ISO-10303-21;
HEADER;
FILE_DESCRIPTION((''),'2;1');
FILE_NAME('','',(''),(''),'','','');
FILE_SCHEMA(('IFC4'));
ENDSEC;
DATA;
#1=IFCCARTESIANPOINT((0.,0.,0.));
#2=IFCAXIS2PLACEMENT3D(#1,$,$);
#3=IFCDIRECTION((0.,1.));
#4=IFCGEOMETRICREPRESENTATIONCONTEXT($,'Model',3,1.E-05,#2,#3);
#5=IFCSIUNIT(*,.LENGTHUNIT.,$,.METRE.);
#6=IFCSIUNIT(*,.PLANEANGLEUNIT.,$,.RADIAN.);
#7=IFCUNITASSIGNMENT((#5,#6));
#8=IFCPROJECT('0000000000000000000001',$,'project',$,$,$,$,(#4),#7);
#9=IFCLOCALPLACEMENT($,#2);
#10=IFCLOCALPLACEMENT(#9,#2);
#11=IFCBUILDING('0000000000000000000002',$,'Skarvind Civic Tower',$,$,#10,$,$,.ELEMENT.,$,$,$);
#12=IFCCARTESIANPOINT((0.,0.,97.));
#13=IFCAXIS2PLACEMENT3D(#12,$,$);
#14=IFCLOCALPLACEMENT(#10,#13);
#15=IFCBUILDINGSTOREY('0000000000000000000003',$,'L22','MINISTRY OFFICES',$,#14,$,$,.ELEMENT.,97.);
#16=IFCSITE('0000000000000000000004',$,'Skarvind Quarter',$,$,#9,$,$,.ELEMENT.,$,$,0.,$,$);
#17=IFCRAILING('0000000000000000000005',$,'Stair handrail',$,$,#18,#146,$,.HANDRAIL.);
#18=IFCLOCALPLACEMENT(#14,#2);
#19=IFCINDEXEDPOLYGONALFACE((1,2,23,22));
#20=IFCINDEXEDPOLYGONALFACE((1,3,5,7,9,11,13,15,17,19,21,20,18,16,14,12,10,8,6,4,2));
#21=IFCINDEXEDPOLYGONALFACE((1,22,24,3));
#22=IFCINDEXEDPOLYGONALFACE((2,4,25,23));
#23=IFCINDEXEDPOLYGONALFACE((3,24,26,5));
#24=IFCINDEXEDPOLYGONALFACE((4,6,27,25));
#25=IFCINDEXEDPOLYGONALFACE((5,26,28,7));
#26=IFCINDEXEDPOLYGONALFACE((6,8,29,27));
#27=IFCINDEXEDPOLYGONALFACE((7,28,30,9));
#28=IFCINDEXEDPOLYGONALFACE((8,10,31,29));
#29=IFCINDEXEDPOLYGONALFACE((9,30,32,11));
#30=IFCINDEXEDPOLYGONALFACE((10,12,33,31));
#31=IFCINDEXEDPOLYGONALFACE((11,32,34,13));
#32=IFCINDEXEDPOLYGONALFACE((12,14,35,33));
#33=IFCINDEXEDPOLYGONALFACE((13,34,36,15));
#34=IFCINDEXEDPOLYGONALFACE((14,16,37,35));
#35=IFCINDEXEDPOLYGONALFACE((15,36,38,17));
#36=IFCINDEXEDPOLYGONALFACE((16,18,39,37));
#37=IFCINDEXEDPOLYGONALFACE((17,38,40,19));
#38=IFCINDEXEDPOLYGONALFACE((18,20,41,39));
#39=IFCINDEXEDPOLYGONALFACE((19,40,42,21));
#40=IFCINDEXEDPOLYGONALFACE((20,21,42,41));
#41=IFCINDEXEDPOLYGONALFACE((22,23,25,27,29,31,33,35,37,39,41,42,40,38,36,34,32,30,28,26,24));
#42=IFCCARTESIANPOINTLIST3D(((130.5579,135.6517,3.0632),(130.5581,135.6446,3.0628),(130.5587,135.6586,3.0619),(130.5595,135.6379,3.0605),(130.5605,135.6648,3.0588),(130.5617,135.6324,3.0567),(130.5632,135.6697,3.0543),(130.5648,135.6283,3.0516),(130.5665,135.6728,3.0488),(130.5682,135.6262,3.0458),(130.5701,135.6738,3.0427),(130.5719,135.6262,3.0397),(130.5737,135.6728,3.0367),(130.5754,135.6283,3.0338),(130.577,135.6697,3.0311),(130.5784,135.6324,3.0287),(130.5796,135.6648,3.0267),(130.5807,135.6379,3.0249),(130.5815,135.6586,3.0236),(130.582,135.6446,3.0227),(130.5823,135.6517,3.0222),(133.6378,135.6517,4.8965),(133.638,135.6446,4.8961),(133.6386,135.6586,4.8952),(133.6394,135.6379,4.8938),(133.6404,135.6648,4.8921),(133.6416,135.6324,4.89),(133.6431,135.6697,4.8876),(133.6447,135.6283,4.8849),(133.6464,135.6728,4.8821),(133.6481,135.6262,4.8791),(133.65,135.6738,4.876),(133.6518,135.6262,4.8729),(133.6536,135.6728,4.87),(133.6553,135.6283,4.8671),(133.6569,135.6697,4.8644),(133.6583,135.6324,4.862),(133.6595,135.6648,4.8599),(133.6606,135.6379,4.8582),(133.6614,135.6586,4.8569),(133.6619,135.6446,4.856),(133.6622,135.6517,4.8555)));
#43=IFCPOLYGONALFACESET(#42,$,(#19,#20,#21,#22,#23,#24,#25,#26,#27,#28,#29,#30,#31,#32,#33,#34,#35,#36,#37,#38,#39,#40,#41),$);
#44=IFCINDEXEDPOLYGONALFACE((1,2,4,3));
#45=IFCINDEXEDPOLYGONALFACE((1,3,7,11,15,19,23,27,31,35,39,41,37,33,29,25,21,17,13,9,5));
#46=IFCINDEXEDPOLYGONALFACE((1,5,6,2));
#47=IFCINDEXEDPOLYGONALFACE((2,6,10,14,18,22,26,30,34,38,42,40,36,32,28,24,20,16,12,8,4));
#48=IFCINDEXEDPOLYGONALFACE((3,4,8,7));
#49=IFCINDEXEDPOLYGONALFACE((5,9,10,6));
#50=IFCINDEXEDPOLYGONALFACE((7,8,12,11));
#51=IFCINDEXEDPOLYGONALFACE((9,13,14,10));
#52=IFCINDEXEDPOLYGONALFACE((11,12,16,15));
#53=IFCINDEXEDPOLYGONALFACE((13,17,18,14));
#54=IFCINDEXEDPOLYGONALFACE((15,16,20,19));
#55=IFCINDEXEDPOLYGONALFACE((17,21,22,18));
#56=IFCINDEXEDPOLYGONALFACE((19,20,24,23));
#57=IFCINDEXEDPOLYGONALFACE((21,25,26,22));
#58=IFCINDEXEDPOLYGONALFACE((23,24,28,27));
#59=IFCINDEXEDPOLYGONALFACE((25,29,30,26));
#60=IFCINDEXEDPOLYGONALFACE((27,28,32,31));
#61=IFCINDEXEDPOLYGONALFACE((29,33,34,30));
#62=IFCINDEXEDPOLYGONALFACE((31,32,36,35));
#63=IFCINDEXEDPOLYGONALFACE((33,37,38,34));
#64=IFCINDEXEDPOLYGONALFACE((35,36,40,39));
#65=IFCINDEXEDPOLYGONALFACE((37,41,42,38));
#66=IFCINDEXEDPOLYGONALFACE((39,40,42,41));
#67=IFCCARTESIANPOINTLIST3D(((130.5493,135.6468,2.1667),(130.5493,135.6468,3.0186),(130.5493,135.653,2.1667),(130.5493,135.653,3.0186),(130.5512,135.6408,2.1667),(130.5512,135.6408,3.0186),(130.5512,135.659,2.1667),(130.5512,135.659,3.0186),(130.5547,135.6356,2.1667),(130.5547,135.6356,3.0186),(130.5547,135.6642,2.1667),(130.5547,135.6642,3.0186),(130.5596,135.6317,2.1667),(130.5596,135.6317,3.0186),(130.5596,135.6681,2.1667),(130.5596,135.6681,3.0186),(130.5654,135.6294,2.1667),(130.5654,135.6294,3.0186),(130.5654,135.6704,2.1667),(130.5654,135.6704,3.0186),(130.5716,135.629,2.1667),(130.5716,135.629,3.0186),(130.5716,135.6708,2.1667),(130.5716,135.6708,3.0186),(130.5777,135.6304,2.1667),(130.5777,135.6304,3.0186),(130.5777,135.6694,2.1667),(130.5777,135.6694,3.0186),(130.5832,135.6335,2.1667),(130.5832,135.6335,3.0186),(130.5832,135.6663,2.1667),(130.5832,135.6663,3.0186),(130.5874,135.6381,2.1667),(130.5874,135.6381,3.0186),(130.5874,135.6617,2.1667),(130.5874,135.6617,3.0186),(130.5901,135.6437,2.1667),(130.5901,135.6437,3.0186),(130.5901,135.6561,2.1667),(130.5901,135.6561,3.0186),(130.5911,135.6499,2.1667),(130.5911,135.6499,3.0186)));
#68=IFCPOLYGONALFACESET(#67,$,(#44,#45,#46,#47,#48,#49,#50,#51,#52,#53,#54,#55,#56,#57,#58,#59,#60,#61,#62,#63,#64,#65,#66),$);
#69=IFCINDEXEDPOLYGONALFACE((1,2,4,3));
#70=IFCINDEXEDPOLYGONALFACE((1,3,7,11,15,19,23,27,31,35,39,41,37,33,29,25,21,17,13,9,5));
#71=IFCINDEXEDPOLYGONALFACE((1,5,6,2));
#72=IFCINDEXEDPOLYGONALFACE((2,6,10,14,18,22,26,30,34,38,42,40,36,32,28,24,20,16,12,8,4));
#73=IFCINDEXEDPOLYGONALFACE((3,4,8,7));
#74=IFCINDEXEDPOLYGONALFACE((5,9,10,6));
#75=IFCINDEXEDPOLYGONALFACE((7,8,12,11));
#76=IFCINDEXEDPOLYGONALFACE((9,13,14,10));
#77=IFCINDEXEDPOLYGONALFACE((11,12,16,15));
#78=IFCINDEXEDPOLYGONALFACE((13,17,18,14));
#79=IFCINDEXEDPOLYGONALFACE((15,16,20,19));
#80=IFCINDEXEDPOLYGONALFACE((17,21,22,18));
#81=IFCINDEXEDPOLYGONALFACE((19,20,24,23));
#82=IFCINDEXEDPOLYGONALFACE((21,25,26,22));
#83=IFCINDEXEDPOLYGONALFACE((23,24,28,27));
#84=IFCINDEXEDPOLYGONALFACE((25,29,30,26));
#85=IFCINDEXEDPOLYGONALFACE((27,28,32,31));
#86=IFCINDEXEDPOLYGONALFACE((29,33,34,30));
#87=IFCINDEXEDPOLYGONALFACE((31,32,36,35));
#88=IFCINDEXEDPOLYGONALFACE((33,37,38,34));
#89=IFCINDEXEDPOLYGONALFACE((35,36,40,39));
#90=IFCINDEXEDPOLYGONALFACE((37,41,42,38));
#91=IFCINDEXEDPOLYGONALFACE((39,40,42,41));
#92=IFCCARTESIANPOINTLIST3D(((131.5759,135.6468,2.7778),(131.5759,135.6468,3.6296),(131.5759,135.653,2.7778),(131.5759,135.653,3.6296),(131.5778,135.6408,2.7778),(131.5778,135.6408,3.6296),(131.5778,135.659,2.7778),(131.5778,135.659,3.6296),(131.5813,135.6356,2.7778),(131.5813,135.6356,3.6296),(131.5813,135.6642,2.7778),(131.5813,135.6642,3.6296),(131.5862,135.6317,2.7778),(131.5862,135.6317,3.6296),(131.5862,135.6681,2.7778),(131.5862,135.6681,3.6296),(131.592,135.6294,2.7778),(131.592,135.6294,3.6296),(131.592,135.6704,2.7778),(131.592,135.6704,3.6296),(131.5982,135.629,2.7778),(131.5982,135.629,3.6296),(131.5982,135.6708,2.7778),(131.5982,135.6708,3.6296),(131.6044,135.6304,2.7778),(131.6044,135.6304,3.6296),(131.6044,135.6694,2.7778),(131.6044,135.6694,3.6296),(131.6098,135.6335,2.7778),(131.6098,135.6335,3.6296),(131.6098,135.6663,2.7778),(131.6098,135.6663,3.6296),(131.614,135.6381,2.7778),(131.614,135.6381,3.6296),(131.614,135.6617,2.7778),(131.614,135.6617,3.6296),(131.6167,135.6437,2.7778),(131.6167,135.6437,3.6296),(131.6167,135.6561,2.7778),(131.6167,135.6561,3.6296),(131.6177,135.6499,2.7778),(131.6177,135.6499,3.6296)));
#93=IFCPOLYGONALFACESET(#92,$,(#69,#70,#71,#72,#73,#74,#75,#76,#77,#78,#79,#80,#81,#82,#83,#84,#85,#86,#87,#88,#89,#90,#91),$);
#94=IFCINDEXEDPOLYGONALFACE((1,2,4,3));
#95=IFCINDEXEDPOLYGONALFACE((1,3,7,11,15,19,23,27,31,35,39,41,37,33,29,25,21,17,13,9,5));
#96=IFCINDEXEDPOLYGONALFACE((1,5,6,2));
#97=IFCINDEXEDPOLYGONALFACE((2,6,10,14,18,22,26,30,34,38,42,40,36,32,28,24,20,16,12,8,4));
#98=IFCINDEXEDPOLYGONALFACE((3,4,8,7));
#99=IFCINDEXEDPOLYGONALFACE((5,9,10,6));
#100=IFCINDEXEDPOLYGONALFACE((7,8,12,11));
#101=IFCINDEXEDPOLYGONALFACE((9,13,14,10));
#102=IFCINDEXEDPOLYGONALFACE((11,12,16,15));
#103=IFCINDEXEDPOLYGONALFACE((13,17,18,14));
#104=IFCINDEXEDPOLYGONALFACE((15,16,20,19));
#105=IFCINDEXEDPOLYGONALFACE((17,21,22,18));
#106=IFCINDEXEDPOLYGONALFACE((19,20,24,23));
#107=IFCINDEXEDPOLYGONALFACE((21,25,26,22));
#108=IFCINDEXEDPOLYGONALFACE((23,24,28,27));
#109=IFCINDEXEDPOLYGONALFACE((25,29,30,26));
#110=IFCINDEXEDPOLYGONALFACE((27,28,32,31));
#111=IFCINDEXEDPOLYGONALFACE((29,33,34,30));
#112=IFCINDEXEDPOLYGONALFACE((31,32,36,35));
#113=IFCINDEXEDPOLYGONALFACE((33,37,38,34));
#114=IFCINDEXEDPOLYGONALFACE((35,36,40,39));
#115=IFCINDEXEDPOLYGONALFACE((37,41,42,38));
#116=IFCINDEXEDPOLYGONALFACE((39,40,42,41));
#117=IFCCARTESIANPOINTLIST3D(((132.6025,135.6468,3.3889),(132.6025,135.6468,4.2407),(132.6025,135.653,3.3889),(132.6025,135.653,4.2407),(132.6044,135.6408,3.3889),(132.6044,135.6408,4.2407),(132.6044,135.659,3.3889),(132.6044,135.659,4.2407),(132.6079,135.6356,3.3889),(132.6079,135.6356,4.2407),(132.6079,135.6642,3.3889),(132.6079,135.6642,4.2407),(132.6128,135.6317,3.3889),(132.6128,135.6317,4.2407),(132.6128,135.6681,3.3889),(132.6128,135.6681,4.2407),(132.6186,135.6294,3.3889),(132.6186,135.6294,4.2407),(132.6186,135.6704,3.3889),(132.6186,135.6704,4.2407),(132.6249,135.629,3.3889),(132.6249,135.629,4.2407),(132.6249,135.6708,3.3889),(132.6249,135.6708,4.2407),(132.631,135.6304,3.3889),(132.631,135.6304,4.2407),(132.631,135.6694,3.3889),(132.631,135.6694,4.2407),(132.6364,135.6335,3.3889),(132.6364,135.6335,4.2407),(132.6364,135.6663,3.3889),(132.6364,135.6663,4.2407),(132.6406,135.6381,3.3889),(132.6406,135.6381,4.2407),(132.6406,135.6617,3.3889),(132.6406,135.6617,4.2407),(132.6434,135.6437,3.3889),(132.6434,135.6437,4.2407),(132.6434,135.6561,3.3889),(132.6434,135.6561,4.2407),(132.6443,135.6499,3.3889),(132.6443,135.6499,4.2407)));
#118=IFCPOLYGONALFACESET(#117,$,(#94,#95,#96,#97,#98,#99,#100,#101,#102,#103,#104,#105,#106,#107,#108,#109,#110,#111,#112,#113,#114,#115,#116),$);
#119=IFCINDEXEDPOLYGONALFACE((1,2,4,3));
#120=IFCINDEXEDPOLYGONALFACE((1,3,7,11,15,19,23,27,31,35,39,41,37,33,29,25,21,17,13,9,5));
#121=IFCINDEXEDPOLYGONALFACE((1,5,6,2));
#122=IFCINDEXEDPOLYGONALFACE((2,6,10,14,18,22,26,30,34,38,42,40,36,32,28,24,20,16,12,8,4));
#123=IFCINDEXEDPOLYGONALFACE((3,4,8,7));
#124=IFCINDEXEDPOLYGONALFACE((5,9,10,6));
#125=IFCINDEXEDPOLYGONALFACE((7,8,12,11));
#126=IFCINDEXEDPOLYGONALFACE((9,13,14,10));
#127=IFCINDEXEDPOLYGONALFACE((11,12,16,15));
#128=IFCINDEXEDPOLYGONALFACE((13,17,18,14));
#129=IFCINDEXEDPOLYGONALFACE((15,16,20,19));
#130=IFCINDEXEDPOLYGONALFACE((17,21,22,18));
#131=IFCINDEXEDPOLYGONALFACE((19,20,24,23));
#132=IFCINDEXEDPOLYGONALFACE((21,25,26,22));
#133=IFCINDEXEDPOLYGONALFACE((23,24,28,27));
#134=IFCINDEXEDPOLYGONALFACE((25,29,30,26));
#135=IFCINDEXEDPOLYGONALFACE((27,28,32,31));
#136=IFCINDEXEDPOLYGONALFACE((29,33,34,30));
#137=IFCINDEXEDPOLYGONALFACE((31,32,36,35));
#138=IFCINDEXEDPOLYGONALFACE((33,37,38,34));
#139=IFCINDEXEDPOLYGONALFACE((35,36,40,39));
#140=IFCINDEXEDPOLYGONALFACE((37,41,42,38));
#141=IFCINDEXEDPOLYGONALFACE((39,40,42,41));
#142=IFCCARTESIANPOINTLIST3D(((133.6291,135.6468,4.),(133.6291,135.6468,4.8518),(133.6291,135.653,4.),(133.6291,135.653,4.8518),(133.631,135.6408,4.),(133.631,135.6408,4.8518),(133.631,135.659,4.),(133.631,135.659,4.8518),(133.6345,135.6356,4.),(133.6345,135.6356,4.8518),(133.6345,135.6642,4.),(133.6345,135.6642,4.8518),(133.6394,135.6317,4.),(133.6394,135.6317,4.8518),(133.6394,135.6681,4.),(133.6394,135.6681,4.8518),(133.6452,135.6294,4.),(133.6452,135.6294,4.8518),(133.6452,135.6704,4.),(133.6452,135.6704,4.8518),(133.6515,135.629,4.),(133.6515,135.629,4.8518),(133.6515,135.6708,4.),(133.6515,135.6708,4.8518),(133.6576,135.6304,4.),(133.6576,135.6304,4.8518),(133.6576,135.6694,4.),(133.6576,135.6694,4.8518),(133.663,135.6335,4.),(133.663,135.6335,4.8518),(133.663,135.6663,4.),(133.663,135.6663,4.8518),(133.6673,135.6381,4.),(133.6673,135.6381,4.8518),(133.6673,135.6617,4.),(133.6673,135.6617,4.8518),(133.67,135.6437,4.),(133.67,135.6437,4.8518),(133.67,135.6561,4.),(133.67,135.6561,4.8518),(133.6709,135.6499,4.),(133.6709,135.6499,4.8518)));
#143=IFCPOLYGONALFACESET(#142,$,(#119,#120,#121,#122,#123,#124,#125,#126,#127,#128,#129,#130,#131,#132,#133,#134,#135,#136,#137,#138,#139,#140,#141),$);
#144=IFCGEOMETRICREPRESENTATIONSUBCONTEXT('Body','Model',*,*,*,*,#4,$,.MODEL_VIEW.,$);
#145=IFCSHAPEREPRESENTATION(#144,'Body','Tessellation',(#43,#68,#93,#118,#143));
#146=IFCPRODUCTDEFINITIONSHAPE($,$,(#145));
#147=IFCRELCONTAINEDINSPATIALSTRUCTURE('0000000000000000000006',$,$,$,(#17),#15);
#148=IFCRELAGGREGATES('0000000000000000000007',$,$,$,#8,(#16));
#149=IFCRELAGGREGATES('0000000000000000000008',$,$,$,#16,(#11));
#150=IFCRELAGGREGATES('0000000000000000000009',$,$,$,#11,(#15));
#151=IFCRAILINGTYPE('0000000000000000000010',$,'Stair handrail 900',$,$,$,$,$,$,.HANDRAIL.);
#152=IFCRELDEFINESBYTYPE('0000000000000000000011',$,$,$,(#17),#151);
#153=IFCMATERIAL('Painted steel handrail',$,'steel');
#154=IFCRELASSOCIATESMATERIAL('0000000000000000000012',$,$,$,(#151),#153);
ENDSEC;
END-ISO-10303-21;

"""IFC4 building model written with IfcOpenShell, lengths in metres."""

from ifc_helpers import new_model, si_unit, direction, frame, origin, origin_2d, place, context, subcontext, project, spatial, circle, extrude, material, type_object, element, save


model = new_model("IFC4")

# Units and contexts
model_context = context("Model", 3, precision=1e-05, world=origin(), true_north=direction((0.0, 1.0)))
body_context = subcontext(model_context, "Body", "Model", "MODEL_VIEW")
ifc_project = project(units=[si_unit("LENGTHUNIT", "METRE"), si_unit("PLANEANGLEUNIT", "RADIAN")], contexts=[model_context])

# Site, building, storey
site_placement = place(None, origin())
site = spatial("IfcSite", under=ifc_project, at=site_placement, Name="Skarvind Quarter", CompositionType="ELEMENT", RefElevation=0.0)
building_placement = place(site_placement, origin())
building = spatial("IfcBuilding", under=site, at=building_placement, Name="Skarvind Civic Tower", CompositionType="ELEMENT")
storey_placement = place(building_placement, frame((0.0, 0.0, 97.0)))
storey = spatial("IfcBuildingStorey", under=building, at=storey_placement, Name="L22", Description="MINISTRY OFFICES", CompositionType="ELEMENT", Elevation=97.0)

# Railing
ifc_material_1 = material(Name="Painted steel handrail", Category="steel")
railing_type = type_object("IfcRailingType", Name="Stair handrail 900", PredefinedType="HANDRAIL", material=ifc_material_1)
railing_1_placement = place(storey_placement, frame((130.5701, 135.6499, 2.1667)))
element("IfcRailing", 1, at=railing_1_placement, inside=storey, type_object=railing_type, Name="Stair handrail", PredefinedType="HANDRAIL", context=body_context, shape_type="SweptSolid", body=[
    extrude(circle(Radius=0.0239, at=origin_2d()), frame((0.0, 0.0, 0.876), z_axis=(0.859291, 0.0, 0.511487), x_axis=(0.0, 1.0, 0.0)), (0.0, 0.0, 1.0), 3.5842),
    extrude(circle(Radius=0.021, at=origin_2d()), origin(), (0.0, 0.0, 1.0), 0.8518),
    extrude(circle(Radius=0.021, at=origin_2d()), frame((1.0266, 0.0, 0.6111)), (0.0, 0.0, 1.0), 0.8518),
    extrude(circle(Radius=0.021, at=origin_2d()), frame((2.0532, 0.0, 1.2222)), (0.0, 0.0, 1.0), 0.8518),
    extrude(circle(Radius=0.021, at=origin_2d()), frame((3.0798, 0.0, 1.8333)), (0.0, 0.0, 1.0), 0.8518),
])

save(model, "model.ifc")
